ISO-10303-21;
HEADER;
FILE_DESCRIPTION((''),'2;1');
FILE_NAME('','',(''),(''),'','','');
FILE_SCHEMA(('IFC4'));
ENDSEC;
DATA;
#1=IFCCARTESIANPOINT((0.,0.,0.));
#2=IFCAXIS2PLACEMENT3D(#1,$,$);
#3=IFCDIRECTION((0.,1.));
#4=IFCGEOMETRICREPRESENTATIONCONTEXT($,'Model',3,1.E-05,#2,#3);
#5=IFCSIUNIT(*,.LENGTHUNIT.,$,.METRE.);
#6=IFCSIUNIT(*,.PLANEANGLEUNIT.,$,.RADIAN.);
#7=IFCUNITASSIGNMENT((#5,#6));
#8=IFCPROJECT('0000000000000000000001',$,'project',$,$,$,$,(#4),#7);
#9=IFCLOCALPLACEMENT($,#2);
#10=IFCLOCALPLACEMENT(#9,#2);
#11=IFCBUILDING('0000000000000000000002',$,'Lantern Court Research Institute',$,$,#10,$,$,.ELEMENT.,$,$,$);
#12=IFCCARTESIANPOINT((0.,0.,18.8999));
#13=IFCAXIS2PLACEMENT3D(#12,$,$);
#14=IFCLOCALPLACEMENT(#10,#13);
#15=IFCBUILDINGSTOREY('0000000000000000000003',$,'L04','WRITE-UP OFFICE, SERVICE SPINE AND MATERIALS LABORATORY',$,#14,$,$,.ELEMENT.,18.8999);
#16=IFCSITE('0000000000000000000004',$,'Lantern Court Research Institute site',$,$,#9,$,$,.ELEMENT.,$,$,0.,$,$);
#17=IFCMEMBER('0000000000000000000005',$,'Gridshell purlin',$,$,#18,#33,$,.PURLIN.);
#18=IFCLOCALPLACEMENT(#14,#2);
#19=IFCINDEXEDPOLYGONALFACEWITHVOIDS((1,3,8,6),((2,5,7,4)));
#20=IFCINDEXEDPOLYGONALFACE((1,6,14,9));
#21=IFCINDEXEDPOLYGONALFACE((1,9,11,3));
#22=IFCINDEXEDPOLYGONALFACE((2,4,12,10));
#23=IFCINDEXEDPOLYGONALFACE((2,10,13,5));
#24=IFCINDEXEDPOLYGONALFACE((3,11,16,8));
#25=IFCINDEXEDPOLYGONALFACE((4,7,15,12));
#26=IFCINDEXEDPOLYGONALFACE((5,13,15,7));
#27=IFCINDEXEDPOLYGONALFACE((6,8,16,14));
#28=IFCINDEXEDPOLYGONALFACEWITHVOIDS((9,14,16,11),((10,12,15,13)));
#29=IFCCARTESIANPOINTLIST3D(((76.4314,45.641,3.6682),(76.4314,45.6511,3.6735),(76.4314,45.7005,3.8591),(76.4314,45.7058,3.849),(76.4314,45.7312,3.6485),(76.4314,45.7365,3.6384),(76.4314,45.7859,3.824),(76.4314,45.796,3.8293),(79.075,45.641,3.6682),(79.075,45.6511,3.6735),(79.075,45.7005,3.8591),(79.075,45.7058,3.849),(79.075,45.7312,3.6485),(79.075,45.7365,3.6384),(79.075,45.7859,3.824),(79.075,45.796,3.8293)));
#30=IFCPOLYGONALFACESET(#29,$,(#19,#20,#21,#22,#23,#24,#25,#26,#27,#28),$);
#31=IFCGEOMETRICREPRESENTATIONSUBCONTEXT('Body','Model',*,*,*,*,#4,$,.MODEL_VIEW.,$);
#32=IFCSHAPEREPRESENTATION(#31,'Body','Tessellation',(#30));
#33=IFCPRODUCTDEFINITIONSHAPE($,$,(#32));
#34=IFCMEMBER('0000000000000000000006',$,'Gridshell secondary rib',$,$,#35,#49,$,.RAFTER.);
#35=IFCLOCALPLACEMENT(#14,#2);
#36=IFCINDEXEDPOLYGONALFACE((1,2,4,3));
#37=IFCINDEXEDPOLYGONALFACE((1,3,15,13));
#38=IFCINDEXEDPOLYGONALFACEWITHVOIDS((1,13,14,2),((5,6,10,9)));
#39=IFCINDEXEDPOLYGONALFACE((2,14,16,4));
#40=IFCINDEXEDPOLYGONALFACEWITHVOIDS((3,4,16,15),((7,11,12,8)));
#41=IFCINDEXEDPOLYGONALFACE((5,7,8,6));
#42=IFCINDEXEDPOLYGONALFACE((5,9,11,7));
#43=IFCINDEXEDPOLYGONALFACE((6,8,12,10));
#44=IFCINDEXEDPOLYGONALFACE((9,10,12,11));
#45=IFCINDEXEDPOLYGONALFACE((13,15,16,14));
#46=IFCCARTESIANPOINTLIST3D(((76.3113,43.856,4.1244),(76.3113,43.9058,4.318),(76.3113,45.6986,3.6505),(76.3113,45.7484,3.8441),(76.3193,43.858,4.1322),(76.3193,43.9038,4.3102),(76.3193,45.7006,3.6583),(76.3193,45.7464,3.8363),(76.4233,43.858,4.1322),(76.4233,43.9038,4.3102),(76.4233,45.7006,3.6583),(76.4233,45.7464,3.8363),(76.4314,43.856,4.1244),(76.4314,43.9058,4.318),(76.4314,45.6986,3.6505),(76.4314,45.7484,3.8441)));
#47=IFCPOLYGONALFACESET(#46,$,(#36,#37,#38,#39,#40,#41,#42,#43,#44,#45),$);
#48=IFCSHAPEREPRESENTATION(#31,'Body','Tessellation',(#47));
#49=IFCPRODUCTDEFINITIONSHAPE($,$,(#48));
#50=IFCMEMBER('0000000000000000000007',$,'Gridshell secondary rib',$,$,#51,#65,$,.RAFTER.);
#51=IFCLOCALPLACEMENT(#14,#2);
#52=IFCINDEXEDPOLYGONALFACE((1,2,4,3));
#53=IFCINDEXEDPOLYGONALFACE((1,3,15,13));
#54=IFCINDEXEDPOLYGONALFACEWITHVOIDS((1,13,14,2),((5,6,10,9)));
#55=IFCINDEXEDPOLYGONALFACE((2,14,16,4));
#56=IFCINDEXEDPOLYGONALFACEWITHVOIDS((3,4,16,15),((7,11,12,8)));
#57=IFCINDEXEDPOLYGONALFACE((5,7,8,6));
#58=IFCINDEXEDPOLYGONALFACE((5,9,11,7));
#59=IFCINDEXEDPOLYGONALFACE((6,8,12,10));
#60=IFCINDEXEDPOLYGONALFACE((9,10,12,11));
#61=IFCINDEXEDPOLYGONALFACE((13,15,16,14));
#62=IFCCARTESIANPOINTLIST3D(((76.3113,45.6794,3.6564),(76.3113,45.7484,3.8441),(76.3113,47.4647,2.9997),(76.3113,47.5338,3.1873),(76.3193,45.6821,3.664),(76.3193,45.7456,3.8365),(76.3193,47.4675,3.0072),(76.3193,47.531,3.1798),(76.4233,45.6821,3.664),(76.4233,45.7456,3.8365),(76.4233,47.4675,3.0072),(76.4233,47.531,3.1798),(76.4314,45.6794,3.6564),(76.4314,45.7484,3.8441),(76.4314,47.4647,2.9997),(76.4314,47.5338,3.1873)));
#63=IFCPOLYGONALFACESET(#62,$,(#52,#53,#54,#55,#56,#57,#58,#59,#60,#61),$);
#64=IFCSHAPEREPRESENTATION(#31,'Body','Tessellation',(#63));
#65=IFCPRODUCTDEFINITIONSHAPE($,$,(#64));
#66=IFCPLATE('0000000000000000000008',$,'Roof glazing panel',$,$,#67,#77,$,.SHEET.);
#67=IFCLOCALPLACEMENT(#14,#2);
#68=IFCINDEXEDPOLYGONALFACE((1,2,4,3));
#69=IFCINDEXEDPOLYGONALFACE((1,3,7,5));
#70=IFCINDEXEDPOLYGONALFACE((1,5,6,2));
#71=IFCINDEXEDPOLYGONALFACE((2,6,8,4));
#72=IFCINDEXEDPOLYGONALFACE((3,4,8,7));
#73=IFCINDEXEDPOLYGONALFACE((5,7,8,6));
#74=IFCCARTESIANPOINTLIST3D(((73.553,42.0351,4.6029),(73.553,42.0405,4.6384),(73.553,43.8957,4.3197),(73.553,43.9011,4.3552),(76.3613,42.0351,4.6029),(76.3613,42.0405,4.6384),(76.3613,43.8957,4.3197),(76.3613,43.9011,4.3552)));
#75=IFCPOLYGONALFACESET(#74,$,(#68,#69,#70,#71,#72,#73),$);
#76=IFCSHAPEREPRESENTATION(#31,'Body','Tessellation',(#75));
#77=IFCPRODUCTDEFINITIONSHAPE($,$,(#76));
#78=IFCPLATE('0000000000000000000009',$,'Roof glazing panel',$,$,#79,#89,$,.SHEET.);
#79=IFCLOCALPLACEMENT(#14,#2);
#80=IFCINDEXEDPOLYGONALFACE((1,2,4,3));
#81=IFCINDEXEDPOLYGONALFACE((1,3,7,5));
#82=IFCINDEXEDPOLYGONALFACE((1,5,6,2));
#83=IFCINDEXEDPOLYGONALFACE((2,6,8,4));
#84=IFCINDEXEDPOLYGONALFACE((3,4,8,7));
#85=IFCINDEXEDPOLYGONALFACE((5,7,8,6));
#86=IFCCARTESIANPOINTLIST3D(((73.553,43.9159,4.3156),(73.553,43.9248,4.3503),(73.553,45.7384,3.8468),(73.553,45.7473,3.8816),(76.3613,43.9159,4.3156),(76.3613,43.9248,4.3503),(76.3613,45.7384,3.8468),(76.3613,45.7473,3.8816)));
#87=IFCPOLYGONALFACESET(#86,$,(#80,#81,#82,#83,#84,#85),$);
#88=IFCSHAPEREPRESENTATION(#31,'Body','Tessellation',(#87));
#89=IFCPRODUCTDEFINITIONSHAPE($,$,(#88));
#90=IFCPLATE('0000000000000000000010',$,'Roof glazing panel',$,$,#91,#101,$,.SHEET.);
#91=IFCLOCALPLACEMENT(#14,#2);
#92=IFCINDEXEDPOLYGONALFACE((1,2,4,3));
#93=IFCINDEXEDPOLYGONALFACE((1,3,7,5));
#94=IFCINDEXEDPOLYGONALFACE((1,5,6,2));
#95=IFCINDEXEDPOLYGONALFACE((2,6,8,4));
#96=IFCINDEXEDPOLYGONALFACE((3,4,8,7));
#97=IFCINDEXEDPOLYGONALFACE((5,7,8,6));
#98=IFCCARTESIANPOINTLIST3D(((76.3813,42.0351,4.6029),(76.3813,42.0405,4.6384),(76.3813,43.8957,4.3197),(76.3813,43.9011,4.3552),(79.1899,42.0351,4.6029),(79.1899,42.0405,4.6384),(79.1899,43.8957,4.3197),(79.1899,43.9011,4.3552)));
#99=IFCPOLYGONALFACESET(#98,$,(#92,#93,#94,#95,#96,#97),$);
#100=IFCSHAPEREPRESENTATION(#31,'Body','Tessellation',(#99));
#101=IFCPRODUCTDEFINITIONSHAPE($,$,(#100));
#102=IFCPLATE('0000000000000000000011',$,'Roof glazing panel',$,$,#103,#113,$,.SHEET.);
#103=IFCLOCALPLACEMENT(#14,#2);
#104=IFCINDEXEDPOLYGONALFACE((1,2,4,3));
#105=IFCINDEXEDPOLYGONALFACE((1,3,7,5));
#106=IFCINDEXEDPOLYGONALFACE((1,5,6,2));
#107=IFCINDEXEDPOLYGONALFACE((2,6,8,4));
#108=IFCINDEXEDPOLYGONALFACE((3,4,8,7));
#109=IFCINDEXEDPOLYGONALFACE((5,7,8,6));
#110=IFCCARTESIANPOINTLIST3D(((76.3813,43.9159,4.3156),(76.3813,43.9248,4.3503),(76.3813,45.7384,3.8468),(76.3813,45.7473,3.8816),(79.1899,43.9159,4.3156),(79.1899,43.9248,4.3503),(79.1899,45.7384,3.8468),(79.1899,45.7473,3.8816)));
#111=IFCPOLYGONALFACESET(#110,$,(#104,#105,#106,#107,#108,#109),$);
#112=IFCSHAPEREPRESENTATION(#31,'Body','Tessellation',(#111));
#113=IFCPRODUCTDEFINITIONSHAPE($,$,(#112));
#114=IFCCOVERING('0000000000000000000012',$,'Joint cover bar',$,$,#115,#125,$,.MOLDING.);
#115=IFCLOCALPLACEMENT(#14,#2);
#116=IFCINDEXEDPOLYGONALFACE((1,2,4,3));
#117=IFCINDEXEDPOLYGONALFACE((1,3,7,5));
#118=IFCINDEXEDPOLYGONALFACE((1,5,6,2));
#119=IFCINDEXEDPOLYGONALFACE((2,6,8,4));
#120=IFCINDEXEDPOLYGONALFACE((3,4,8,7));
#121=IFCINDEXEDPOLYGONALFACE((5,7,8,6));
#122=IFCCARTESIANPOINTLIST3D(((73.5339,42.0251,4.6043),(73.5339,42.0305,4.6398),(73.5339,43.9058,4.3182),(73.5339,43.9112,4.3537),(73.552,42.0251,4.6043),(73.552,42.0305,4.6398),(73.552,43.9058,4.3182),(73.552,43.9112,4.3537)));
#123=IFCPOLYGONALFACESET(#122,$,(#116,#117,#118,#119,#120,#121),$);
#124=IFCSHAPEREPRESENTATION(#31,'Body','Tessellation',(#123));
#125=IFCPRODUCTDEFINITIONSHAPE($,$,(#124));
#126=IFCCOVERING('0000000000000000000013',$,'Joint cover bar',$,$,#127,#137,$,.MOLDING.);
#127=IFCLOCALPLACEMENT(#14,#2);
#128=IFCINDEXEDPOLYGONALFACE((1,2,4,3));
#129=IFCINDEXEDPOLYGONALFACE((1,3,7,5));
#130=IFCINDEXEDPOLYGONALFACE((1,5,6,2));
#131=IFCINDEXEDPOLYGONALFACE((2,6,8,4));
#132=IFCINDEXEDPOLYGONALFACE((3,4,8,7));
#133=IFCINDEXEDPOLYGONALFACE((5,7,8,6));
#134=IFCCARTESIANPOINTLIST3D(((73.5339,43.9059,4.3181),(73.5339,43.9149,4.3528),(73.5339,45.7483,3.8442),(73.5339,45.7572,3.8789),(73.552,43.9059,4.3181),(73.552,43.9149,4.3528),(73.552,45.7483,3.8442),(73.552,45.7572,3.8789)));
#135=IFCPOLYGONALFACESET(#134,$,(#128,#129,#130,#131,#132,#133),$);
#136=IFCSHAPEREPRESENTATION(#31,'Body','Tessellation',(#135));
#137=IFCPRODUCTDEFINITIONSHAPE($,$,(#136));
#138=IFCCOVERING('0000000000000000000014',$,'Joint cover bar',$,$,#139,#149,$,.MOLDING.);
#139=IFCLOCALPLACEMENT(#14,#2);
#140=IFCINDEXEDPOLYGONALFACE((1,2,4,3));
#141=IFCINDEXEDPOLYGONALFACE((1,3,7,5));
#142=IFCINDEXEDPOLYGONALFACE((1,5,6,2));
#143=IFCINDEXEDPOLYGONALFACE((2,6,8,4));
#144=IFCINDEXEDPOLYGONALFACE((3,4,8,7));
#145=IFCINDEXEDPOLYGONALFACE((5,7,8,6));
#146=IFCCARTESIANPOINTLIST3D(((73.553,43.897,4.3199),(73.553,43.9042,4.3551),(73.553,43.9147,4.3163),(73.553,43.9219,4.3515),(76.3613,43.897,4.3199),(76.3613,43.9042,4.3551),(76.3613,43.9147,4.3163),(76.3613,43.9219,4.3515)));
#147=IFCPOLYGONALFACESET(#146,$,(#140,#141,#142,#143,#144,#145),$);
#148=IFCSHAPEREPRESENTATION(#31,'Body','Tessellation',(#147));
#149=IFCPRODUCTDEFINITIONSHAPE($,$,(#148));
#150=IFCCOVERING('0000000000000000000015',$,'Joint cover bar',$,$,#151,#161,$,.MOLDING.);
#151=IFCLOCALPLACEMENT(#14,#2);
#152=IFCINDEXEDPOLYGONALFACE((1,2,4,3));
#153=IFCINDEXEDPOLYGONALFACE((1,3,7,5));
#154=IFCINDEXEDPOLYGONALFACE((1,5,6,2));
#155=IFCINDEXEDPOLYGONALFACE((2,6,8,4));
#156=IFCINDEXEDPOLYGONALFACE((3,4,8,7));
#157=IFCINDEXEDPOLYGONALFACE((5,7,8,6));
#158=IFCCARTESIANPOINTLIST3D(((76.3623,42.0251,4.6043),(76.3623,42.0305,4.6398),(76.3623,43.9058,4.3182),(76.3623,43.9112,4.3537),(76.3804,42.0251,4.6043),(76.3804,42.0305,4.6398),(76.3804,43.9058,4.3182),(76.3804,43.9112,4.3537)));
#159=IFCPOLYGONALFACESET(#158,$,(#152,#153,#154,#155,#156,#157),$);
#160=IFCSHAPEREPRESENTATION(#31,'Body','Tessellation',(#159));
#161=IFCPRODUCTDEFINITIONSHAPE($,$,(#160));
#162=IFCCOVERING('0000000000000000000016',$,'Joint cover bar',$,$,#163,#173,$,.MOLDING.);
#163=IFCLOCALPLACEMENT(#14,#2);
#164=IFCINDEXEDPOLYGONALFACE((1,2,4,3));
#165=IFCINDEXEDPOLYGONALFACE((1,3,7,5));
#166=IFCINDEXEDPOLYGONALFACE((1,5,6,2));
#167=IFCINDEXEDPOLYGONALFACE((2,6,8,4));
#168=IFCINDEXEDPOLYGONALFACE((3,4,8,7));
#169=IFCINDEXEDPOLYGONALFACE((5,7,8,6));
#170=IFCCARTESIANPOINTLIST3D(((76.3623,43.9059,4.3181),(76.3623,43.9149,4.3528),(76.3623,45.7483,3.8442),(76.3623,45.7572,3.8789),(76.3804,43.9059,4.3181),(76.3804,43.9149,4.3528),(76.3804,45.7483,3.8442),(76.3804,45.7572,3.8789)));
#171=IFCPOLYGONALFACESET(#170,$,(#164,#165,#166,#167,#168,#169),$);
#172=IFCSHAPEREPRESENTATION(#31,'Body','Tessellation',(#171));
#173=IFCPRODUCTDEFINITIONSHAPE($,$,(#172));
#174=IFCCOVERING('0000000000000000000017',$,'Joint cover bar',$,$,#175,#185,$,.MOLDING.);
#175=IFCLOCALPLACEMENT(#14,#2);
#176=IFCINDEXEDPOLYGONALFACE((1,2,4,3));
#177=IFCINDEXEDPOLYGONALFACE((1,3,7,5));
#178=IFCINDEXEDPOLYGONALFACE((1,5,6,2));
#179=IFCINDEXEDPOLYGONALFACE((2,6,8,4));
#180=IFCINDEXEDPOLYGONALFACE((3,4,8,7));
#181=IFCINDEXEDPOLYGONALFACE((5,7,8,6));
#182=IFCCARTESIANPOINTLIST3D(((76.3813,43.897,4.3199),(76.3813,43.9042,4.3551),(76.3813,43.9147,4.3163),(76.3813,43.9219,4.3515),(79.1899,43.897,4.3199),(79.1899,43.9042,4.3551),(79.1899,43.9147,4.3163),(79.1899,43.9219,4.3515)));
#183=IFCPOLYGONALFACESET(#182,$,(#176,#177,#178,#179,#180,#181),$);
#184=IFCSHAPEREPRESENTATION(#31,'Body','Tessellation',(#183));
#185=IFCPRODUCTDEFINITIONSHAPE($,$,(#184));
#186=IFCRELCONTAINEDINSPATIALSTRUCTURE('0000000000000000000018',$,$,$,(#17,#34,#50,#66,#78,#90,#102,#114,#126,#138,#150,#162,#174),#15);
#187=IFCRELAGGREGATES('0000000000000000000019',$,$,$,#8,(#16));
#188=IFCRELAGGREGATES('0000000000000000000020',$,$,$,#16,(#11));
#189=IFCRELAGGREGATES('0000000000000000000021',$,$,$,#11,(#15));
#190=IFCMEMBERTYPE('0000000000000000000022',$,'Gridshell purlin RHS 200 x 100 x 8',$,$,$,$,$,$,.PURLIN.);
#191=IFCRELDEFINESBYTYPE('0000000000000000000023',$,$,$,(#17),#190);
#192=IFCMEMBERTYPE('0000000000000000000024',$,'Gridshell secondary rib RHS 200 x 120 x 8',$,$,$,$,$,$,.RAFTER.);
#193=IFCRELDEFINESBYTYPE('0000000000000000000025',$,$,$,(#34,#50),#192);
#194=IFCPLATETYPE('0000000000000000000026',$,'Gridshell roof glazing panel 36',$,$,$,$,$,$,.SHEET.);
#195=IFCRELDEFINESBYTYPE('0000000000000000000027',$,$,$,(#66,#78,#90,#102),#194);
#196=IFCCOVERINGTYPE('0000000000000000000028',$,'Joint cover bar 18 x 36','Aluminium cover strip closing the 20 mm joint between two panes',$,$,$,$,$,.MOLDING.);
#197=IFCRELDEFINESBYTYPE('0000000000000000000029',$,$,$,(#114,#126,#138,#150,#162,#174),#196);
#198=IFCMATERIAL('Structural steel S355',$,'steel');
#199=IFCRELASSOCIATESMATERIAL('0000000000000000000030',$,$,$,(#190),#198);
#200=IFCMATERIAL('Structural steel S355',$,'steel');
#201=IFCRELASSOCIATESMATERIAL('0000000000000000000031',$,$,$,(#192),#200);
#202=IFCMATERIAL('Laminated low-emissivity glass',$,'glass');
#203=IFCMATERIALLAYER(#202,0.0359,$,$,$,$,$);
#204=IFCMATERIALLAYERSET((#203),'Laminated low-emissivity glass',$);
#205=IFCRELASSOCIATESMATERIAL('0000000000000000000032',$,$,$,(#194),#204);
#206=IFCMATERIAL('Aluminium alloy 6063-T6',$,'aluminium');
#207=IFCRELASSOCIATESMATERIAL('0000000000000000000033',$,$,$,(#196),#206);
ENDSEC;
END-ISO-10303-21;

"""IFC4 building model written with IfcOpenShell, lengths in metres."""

from ifc_helpers import new_model, si_unit, direction, frame, origin, origin_2d, place, context, subcontext, project, spatial, polyline, rectangle, hollow_rectangle, outline, extrude, material, layer, layer_set, material_profile, profile_set, type_object, element, save


model = new_model("IFC4")

# Units and contexts
model_context = context("Model", 3, precision=1e-05, world=origin(), true_north=direction((0.0, 1.0)))
body_context = subcontext(model_context, "Body", "Model", "MODEL_VIEW")
ifc_project = project(units=[si_unit("LENGTHUNIT", "METRE"), si_unit("PLANEANGLEUNIT", "RADIAN")], contexts=[model_context])

# Site, building, storey
site_placement = place(None, origin())
site = spatial("IfcSite", under=ifc_project, at=site_placement, Name="Lantern Court Research Institute site", CompositionType="ELEMENT", RefElevation=0.0)
building_placement = place(site_placement, origin())
building = spatial("IfcBuilding", under=site, at=building_placement, Name="Lantern Court Research Institute", CompositionType="ELEMENT")
storey_placement = place(building_placement, frame((0.0, 0.0, 18.8999)))
storey = spatial("IfcBuildingStorey", under=building, at=storey_placement, Name="L04", Description="WRITE-UP OFFICE, SERVICE SPINE AND MATERIALS LABORATORY", CompositionType="ELEMENT", Elevation=18.8999)

# Members
ifc_material_1 = material(Name="Structural steel S355", Category="steel")
ifc_material_profile_1 = material_profile(ifc_material_1, hollow_rectangle(XDim=0.1001, YDim=0.2, WallThickness=0.0081, at=origin_2d()), Name="Gridshell purlin RHS 200 x 100 x 8")
ifc_profile_set_1 = profile_set([ifc_material_profile_1], Name="Structural steel S355")
member_type_1 = type_object("IfcMemberType", Name="Gridshell purlin RHS 200 x 100 x 8", PredefinedType="PURLIN", material=ifc_profile_set_1)
for number, where, z_axis, x_axis, name in (
    (1, (76.4314, 45.7185, 3.7488), (1.0, 0.0, 0.0), (0.0, 0.954713, -0.297528), "Gridshell purlin"),
):
    element("IfcMember", number, at=place(storey_placement, frame(where, z_axis=z_axis, x_axis=x_axis)), inside=storey, type_object=member_type_1, Name=name, PredefinedType="PURLIN", context=body_context, shape_type="SweptSolid", body=[
        extrude(hollow_rectangle(XDim=0.1001, YDim=0.2, WallThickness=0.0081, at=origin_2d()), origin(), (0.0, 0.0, 1.0), 2.6436),
    ])
ifc_material_2 = material(Name="Structural steel S355", Category="steel")
ifc_material_profile_2 = material_profile(ifc_material_2, hollow_rectangle(XDim=0.1201, YDim=0.2, WallThickness=0.0081, at=origin_2d()), Name="Gridshell secondary rib RHS 200 x 120 x 8")
ifc_profile_set_2 = profile_set([ifc_material_profile_2], Name="Structural steel S355")
member_type_2 = type_object("IfcMemberType", Name="Gridshell secondary rib RHS 200 x 120 x 8", PredefinedType="RAFTER", material=ifc_profile_set_2)
member_1_placement = place(storey_placement, frame((76.3713, 43.8809, 4.2212), z_axis=(0.0, 0.968482, -0.249082), x_axis=(-1.0, 0.0, 0.0)))
element("IfcMember", 2, at=member_1_placement, inside=storey, type_object=member_type_2, Name="Gridshell secondary rib", PredefinedType="RAFTER", context=body_context, shape_type="SweptSolid", body=[
    extrude(hollow_rectangle(XDim=0.1201, YDim=0.2, WallThickness=0.0081, at=origin_2d()), origin(), (0.0, 0.0, 1.0), 1.9026),
])
member_2_placement = place(storey_placement, frame((76.3713, 45.7139, 3.7502), z_axis=(0.0, 0.93852, -0.345224), x_axis=(-1.0, 0.0, 0.0)))
element("IfcMember", 3, at=member_2_placement, inside=storey, type_object=member_type_2, Name="Gridshell secondary rib", PredefinedType="RAFTER", context=body_context, shape_type="SweptSolid", body=[
    extrude(hollow_rectangle(XDim=0.1201, YDim=0.2, WallThickness=0.0081, at=origin_2d()), origin(), (0.0, 0.0, 1.0), 1.9023),
])

# Plates
ifc_material_3 = material(Name="Laminated low-emissivity glass", Category="glass")
ifc_layer = layer(ifc_material_3, 0.0359)
ifc_layer_set = layer_set([ifc_layer], Name="Laminated low-emissivity glass")
plate_type = type_object("IfcPlateType", Name="Gridshell roof glazing panel 36", PredefinedType="SHEET", material=ifc_layer_set)
plate_1_placement = place(storey_placement, frame((76.3613, 42.0405, 4.6384), z_axis=(0.0, 0.150478, 0.988613), x_axis=(-1.0, 0.0, 0.0)))
element("IfcPlate", 4, at=plate_1_placement, inside=storey, type_object=plate_type, Name="Roof glazing panel", PredefinedType="SHEET", context=body_context, shape_type="SweptSolid", body=[
    extrude(outline(polyline([(0.0, 0.0), (2.8083, 0.0), (2.8083, -1.882), (0.0, -1.882), (0.0, 0.0)])), origin(), (0.0, 0.0, -1.0), 0.0359),
])
plate_2_placement = place(storey_placement, frame((76.3613, 43.9248, 4.3503), z_axis=(0.0, 0.249093, 0.96848), x_axis=(-1.0, 0.0, 0.0)))
element("IfcPlate", 5, at=plate_2_placement, inside=storey, type_object=plate_type, Name="Roof glazing panel", PredefinedType="SHEET", context=body_context, shape_type="SweptSolid", body=[
    extrude(outline(polyline([(0.0, 0.0), (2.8083, 0.0), (2.8083, -1.8818), (0.0, -1.8818), (0.0, 0.0)])), origin(), (0.0, 0.0, -1.0), 0.0359),
])
plate_3_placement = place(storey_placement, frame((79.1899, 42.0405, 4.6384), z_axis=(0.0, 0.150478, 0.988613), x_axis=(-1.0, 0.0, 0.0)))
element("IfcPlate", 6, at=plate_3_placement, inside=storey, type_object=plate_type, Name="Roof glazing panel", PredefinedType="SHEET", context=body_context, shape_type="SweptSolid", body=[
    extrude(outline(polyline([(0.0, 0.0), (2.8086, 0.0), (2.8086, -1.882), (0.0, -1.882), (0.0, 0.0)])), origin(), (0.0, 0.0, -1.0), 0.0359),
])
plate_4_placement = place(storey_placement, frame((79.1899, 43.9248, 4.3503), z_axis=(0.0, 0.249093, 0.96848), x_axis=(-1.0, 0.0, 0.0)))
element("IfcPlate", 7, at=plate_4_placement, inside=storey, type_object=plate_type, Name="Roof glazing panel", PredefinedType="SHEET", context=body_context, shape_type="SweptSolid", body=[
    extrude(outline(polyline([(0.0, 0.0), (2.8086, 0.0), (2.8086, -1.8818), (0.0, -1.8818), (0.0, 0.0)])), origin(), (0.0, 0.0, -1.0), 0.0359),
])

# Coverings
ifc_material_4 = material(Name="Aluminium alloy 6063-T6", Category="aluminium")
ifc_material_profile_3 = material_profile(ifc_material_4, rectangle(XDim=0.0181, YDim=0.0359, at=origin_2d()), Name="Joint cover bar 18 x 36")
ifc_profile_set_3 = profile_set([ifc_material_profile_3], Name="Aluminium alloy 6063-T6")
covering_type = type_object("IfcCoveringType", Name="Joint cover bar 18 x 36", Description="Aluminium cover strip closing the 20 mm joint between two panes", PredefinedType="MOLDING", material=ifc_profile_set_3)
for number, where, z_axis, x_axis, name in (
    (8, (73.543, 42.0278, 4.6221), (0.0, 0.988623, -0.150417), (-1.0, 0.0, 0.0), "Joint cover bar"),
    (9, (73.543, 43.9104, 4.3354), (0.0, 0.968474, -0.249113), (-1.0, 0.0, 0.0), "Joint cover bar"),
):
    element("IfcCovering", number, at=place(storey_placement, frame(where, z_axis=z_axis, x_axis=x_axis)), inside=storey, type_object=covering_type, Name=name, PredefinedType="MOLDING", context=body_context, shape_type="SweptSolid", body=[
        extrude(rectangle(XDim=0.0181, YDim=0.0359, at=origin_2d()), origin(), (0.0, 0.0, 1.0), 1.9023),
    ])
covering_1_placement = place(storey_placement, frame((73.553, 43.9094, 4.3357), z_axis=(1.0, 0.0, 0.0), x_axis=(0.0, 0.979787, -0.200043)))
element("IfcCovering", 10, at=covering_1_placement, inside=storey, type_object=covering_type, Name="Joint cover bar", PredefinedType="MOLDING", context=body_context, shape_type="SweptSolid", body=[
    extrude(rectangle(XDim=0.0181, YDim=0.0359, at=origin_2d()), origin(), (0.0, 0.0, 1.0), 2.8083),
])
for number, where, z_axis, x_axis, name in (
    (11, (76.3713, 42.0278, 4.6221), (0.0, 0.988623, -0.150417), (-1.0, 0.0, 0.0), "Joint cover bar"),
    (12, (76.3713, 43.9104, 4.3354), (0.0, 0.968474, -0.249113), (-1.0, 0.0, 0.0), "Joint cover bar"),
):
    element("IfcCovering", number, at=place(storey_placement, frame(where, z_axis=z_axis, x_axis=x_axis)), inside=storey, type_object=covering_type, Name=name, PredefinedType="MOLDING", context=body_context, shape_type="SweptSolid", body=[
        extrude(rectangle(XDim=0.0181, YDim=0.0359, at=origin_2d()), origin(), (0.0, 0.0, 1.0), 1.9023),
    ])
covering_2_placement = place(storey_placement, frame((76.3813, 43.9094, 4.3357), z_axis=(1.0, 0.0, 0.0), x_axis=(0.0, 0.979787, -0.200043)))
element("IfcCovering", 13, at=covering_2_placement, inside=storey, type_object=covering_type, Name="Joint cover bar", PredefinedType="MOLDING", context=body_context, shape_type="SweptSolid", body=[
    extrude(rectangle(XDim=0.0181, YDim=0.0359, at=origin_2d()), origin(), (0.0, 0.0, 1.0), 2.8086),
])

save(model, "model.ifc")
